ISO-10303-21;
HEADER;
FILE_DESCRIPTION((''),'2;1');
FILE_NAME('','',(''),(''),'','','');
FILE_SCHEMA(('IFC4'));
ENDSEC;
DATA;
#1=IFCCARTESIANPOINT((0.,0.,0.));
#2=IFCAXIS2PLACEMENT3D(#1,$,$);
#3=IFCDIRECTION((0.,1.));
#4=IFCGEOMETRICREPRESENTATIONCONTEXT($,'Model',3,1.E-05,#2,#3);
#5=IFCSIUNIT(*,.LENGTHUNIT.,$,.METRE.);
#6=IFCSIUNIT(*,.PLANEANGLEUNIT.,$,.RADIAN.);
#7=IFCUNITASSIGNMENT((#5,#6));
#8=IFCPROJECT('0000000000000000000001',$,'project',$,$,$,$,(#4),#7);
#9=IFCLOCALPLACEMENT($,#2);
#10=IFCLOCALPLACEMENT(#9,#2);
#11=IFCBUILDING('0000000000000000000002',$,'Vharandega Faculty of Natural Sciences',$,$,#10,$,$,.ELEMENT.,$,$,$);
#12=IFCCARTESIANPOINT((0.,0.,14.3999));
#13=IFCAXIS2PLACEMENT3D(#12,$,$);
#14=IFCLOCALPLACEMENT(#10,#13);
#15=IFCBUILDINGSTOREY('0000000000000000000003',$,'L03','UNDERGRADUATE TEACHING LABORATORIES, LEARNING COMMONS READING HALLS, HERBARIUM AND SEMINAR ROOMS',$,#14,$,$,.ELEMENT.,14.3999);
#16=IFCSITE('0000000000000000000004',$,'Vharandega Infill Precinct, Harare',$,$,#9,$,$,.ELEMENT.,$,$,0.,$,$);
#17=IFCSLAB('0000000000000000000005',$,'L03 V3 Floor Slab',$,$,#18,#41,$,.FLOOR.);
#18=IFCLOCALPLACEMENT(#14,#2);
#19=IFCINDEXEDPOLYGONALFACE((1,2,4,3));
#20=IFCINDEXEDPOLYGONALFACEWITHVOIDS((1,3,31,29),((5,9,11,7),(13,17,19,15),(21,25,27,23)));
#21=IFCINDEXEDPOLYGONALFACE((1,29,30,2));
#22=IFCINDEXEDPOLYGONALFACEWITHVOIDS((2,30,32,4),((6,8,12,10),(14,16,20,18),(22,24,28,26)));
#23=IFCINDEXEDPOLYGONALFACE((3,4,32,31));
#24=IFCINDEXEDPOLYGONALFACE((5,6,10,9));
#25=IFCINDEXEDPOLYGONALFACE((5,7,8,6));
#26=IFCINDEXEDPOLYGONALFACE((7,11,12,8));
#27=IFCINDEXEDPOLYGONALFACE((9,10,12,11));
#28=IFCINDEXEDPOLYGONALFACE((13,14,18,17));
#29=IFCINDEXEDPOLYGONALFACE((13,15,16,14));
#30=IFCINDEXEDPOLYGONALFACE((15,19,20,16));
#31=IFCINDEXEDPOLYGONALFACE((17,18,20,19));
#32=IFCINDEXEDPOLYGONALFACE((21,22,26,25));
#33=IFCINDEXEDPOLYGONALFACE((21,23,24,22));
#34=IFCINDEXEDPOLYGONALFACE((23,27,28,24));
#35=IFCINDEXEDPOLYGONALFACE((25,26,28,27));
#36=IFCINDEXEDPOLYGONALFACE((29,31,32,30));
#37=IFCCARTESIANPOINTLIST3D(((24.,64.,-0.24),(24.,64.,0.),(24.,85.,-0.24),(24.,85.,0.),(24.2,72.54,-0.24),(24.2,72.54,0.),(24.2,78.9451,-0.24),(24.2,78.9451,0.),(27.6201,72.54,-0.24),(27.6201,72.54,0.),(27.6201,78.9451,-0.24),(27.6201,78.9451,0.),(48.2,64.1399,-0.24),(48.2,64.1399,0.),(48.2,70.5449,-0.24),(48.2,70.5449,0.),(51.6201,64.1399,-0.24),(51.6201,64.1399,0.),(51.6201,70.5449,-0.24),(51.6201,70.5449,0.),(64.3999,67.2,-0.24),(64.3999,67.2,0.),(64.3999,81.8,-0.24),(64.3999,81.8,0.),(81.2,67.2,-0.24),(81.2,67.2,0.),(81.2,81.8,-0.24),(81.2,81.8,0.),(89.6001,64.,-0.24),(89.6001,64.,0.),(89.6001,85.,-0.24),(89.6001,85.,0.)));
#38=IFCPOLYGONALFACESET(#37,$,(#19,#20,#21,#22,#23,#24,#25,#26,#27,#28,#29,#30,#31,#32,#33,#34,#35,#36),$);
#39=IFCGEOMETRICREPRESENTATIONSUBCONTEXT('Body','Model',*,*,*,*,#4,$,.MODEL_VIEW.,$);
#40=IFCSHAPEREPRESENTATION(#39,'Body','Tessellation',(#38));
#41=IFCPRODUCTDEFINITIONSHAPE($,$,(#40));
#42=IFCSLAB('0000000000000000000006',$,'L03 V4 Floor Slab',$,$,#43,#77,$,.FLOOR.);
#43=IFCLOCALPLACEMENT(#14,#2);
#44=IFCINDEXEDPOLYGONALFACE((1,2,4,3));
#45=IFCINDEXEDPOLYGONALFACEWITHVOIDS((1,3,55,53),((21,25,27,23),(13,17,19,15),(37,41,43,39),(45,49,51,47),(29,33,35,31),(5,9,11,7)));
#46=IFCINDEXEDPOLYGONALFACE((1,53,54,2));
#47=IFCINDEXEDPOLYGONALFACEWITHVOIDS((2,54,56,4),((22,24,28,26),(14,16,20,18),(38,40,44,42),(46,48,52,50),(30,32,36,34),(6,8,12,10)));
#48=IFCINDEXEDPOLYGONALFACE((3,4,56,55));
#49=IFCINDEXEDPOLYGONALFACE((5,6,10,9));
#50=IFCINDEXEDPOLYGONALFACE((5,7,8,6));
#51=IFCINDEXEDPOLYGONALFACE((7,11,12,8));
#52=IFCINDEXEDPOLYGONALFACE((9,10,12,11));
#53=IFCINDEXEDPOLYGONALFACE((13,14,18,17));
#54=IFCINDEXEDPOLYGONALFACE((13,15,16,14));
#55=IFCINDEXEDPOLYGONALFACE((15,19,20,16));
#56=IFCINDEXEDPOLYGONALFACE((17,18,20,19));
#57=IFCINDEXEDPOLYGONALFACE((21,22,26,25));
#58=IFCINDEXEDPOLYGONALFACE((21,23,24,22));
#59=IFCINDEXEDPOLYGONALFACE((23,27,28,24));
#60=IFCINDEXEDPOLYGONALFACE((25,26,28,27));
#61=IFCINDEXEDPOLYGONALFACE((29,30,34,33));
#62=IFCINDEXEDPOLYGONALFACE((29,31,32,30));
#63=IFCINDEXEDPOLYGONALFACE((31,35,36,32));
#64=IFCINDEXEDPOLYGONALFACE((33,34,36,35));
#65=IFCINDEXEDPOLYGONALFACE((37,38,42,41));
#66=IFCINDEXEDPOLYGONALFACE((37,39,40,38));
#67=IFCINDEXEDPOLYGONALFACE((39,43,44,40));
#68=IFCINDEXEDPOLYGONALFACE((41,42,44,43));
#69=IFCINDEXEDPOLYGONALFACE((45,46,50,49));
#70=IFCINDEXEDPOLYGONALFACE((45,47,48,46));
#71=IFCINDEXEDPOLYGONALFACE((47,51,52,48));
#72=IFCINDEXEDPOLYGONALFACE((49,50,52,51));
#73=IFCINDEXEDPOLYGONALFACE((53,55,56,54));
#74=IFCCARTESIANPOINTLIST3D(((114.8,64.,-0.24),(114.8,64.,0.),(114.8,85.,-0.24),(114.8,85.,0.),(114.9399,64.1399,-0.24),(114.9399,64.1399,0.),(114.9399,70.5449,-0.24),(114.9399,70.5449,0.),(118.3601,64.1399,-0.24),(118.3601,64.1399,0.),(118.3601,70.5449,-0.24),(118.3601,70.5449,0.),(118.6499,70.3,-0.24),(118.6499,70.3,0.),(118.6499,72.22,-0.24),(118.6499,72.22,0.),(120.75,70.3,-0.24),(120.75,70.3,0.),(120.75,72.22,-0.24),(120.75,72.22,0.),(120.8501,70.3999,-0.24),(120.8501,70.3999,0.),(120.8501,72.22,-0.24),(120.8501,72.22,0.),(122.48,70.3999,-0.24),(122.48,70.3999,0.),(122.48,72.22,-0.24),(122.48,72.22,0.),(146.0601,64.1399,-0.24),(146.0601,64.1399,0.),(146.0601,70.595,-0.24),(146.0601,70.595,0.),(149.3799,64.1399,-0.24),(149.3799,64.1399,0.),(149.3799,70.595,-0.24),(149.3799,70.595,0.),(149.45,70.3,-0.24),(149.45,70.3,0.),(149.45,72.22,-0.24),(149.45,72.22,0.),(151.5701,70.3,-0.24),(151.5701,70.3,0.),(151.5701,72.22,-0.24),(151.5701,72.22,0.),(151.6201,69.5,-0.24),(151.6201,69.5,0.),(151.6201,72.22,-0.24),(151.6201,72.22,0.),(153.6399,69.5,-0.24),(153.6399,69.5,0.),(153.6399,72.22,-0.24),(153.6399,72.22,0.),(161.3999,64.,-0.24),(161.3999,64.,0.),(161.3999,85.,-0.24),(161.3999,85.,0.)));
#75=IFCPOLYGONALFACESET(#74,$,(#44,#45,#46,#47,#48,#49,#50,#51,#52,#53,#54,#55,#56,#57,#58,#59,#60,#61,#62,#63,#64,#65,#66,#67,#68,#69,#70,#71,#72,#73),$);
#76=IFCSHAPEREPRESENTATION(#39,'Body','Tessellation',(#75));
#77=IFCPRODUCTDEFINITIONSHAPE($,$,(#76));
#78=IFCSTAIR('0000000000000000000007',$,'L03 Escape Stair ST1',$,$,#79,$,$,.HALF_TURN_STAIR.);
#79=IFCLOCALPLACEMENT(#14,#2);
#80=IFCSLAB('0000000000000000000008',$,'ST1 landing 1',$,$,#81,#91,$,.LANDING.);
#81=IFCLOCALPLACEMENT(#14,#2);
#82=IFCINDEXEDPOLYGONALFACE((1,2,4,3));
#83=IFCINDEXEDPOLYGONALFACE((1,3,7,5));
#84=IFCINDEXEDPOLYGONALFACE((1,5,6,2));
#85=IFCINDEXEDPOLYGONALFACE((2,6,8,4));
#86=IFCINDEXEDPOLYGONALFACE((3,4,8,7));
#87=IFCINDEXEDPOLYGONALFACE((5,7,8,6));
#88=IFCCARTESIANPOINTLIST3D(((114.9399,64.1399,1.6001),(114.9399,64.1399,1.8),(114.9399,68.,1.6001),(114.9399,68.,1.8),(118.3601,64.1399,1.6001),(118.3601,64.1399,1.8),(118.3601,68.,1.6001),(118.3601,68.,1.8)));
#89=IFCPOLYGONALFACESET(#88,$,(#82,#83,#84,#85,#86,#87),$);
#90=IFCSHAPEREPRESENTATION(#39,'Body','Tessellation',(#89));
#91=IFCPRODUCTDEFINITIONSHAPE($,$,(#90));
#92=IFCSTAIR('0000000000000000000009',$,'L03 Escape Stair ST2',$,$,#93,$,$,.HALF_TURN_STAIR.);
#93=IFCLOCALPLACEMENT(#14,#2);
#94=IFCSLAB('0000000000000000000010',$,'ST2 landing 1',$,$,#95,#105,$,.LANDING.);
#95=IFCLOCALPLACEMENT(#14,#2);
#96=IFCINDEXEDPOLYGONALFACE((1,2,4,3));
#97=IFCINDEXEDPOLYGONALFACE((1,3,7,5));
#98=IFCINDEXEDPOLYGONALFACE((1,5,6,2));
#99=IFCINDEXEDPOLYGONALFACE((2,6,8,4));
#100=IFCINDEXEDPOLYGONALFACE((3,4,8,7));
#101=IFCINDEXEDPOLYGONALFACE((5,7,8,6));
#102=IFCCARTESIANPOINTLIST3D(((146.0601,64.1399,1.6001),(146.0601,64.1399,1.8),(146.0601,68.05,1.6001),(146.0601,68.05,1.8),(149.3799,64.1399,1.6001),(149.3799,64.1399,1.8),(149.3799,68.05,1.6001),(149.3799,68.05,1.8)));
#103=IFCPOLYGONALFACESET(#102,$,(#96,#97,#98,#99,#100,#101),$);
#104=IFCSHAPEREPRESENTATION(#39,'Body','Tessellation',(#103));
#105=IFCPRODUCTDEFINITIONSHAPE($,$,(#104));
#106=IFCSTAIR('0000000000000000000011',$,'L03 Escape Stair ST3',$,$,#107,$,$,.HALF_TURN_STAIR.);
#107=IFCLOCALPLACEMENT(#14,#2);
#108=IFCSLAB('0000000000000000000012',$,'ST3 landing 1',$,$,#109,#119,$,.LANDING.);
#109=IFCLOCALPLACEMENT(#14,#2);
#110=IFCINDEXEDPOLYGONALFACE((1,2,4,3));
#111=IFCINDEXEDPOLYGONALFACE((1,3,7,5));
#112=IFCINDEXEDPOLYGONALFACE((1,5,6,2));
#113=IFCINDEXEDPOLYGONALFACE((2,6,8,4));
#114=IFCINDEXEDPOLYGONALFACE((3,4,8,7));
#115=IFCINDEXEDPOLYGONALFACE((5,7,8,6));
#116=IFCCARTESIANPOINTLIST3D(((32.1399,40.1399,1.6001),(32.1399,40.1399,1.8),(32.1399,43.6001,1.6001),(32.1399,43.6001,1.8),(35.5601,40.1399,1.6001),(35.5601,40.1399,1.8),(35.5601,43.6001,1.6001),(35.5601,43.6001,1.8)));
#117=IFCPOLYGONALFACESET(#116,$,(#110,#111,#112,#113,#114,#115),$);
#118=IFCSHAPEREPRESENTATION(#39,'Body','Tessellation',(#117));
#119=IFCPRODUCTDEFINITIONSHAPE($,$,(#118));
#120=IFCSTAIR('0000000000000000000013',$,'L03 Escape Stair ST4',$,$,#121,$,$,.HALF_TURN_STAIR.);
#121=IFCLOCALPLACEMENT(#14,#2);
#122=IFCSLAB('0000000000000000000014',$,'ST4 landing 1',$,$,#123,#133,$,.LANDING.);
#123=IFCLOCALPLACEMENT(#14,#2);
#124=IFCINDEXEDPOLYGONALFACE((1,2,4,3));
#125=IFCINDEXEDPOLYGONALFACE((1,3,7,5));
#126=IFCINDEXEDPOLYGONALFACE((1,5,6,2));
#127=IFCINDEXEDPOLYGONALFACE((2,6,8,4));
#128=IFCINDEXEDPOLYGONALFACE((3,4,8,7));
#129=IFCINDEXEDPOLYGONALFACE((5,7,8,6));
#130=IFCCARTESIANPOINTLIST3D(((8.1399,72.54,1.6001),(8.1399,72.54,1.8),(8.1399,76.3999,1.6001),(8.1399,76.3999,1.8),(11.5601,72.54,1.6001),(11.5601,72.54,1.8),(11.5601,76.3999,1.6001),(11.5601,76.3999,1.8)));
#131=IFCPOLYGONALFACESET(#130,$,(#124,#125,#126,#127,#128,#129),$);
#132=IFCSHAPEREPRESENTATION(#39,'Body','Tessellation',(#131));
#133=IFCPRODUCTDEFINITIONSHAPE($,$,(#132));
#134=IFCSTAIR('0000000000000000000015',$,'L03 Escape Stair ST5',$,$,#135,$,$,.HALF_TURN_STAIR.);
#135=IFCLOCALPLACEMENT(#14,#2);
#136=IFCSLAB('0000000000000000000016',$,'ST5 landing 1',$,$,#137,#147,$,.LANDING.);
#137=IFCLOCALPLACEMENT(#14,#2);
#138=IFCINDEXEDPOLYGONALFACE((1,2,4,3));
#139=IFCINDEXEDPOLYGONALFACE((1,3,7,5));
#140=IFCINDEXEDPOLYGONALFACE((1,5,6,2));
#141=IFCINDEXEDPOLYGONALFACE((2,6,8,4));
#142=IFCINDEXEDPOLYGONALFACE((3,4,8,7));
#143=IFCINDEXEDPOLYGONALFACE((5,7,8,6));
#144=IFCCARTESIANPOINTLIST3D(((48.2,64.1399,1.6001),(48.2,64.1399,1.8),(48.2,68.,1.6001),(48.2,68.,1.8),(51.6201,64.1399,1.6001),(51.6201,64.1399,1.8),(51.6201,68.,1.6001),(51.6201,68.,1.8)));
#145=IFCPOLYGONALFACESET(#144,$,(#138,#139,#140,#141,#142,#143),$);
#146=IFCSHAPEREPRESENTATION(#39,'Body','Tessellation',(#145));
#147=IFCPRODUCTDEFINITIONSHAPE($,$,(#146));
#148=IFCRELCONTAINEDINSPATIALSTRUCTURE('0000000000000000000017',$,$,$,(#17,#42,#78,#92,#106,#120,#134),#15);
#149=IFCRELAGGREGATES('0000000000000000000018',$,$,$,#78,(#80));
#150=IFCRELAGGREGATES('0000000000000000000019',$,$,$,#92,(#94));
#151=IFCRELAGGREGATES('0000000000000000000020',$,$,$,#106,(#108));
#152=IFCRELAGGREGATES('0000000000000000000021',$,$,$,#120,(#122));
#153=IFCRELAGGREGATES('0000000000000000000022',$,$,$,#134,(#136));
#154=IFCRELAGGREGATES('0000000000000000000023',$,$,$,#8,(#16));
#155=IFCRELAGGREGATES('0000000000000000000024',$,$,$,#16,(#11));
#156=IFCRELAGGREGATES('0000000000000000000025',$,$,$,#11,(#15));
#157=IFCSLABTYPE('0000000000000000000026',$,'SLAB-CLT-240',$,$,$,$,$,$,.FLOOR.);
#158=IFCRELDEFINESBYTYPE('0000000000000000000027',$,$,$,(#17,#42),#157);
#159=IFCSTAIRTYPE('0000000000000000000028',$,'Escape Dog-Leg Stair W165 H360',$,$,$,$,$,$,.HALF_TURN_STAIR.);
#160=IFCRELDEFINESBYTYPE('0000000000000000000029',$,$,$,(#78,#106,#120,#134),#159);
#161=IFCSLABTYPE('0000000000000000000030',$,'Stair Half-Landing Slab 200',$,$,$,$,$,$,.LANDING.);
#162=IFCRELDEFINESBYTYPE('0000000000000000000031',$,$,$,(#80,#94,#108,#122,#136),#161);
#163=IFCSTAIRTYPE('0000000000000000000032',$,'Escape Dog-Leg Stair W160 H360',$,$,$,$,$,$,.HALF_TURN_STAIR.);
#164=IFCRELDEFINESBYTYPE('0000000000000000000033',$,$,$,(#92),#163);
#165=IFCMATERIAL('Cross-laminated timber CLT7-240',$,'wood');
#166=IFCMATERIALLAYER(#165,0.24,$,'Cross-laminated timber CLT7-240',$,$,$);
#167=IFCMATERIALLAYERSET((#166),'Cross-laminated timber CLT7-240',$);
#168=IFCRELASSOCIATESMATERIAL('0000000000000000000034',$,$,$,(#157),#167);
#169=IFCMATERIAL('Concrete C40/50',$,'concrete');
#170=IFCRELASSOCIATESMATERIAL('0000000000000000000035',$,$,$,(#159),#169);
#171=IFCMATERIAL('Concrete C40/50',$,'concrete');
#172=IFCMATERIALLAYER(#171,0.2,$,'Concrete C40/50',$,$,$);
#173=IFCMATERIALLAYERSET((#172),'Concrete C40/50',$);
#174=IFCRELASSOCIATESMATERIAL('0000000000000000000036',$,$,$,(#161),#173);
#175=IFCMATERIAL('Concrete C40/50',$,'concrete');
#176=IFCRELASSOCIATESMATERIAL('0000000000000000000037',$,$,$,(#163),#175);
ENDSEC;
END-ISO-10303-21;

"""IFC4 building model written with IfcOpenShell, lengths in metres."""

from ifc_helpers import new_model, si_unit, direction, frame, origin, place, context, subcontext, project, spatial, polyline, outline, extrude, material, layer, layer_set, type_object, element, aggregate, save


model = new_model("IFC4")

# Units and contexts
model_context = context("Model", 3, precision=1e-05, world=origin(), true_north=direction((0.0, 1.0)))
body_context = subcontext(model_context, "Body", "Model", "MODEL_VIEW")
ifc_project = project(units=[si_unit("LENGTHUNIT", "METRE"), si_unit("PLANEANGLEUNIT", "RADIAN")], contexts=[model_context])

# Site, building, storey
site_placement = place(None, origin())
site = spatial("IfcSite", under=ifc_project, at=site_placement, Name="Vharandega Infill Precinct, Harare", CompositionType="ELEMENT", RefElevation=0.0)
building_placement = place(site_placement, origin())
building = spatial("IfcBuilding", under=site, at=building_placement, Name="Vharandega Faculty of Natural Sciences", CompositionType="ELEMENT")
storey_placement = place(building_placement, frame((0.0, 0.0, 14.3999)))
storey = spatial("IfcBuildingStorey", under=building, at=storey_placement, Name="L03", Description="UNDERGRADUATE TEACHING LABORATORIES, LEARNING COMMONS READING HALLS, HERBARIUM AND SEMINAR ROOMS", CompositionType="ELEMENT", Elevation=14.3999)

# Slabs
ifc_material_1 = material(Name="Cross-laminated timber CLT7-240", Category="wood")
ifc_layer_1 = layer(ifc_material_1, 0.24, Name="Cross-laminated timber CLT7-240")
ifc_layer_set_1 = layer_set([ifc_layer_1], Name="Cross-laminated timber CLT7-240")
slab_type_1 = type_object("IfcSlabType", Name="SLAB-CLT-240", PredefinedType="FLOOR", material=ifc_layer_set_1)
slab_1_placement = place(storey_placement, frame((0.0, 0.0, -0.24)))
element("IfcSlab", 1, at=slab_1_placement, inside=storey, type_object=slab_type_1, Name="L03 V3 Floor Slab", PredefinedType="FLOOR", context=body_context, shape_type="SweptSolid", body=[
    extrude(outline(polyline([(24.0, 64.0), (89.6001, 64.0), (89.6001, 85.0), (24.0, 85.0), (24.0, 64.0)]), holes=[polyline([(64.3999, 67.2), (81.2, 67.2), (81.2, 81.8), (64.3999, 81.8), (64.3999, 67.2)]), polyline([(48.2, 70.5449), (48.2, 64.1399), (51.6201, 64.1399), (51.6201, 70.5449), (48.2, 70.5449)]), polyline([(24.2, 78.9451), (24.2, 72.54), (27.6201, 72.54), (27.6201, 78.9451), (24.2, 78.9451)])]), origin(), (0.0, 0.0, 1.0), 0.24),
])
slab_2_placement = place(storey_placement, frame((0.0, 0.0, -0.24)))
element("IfcSlab", 2, at=slab_2_placement, inside=storey, type_object=slab_type_1, Name="L03 V4 Floor Slab", PredefinedType="FLOOR", context=body_context, shape_type="SweptSolid", body=[
    extrude(outline(polyline([(114.8, 64.0), (161.3999, 64.0), (161.3999, 85.0), (114.8, 85.0), (114.8, 64.0)]), holes=[polyline([(114.9399, 70.5449), (114.9399, 64.1399), (118.3601, 64.1399), (118.3601, 70.5449), (114.9399, 70.5449)]), polyline([(118.6499, 70.3), (120.75, 70.3), (120.75, 72.22), (118.6499, 72.22), (118.6499, 70.3)]), polyline([(120.8501, 70.3999), (122.48, 70.3999), (122.48, 72.22), (120.8501, 72.22), (120.8501, 70.3999)]), polyline([(146.0601, 70.595), (146.0601, 64.1399), (149.3799, 64.1399), (149.3799, 70.595), (146.0601, 70.595)]), polyline([(149.45, 70.3), (151.5701, 70.3), (151.5701, 72.22), (149.45, 72.22), (149.45, 70.3)]), polyline([(151.6201, 69.5), (153.6399, 69.5), (153.6399, 72.22), (151.6201, 72.22), (151.6201, 69.5)])]), origin(), (0.0, 0.0, 1.0), 0.24),
])

# Stairs, slabs
ifc_material_2 = material(Name="Concrete C40/50", Category="concrete")
stair_type_1 = type_object("IfcStairType", Name="Escape Dog-Leg Stair W165 H360", PredefinedType="HALF_TURN_STAIR", material=ifc_material_2)
stair_1_placement = place(storey_placement, origin())
stair_1 = element("IfcStair", 3, at=stair_1_placement, inside=storey, type_object=stair_type_1, Name="L03 Escape Stair ST1", PredefinedType="HALF_TURN_STAIR")
ifc_material_3 = material(Name="Concrete C40/50", Category="concrete")
ifc_layer_2 = layer(ifc_material_3, 0.2, Name="Concrete C40/50")
ifc_layer_set_2 = layer_set([ifc_layer_2], Name="Concrete C40/50")
slab_type_2 = type_object("IfcSlabType", Name="Stair Half-Landing Slab 200", PredefinedType="LANDING", material=ifc_layer_set_2)
slab_3_placement = place(storey_placement, frame((0.0, 0.0, 1.6001)))
slab_3 = element("IfcSlab", 4, at=slab_3_placement, type_object=slab_type_2, Name="ST1 landing 1", PredefinedType="LANDING", context=body_context, shape_type="SweptSolid", body=[
    extrude(outline(polyline([(114.9399, 68.0), (114.9399, 64.1399), (118.3601, 64.1399), (118.3601, 68.0), (114.9399, 68.0)])), origin(), (0.0, 0.0, 1.0), 0.2),
])
aggregate(stair_1, [slab_3])
ifc_material_4 = material(Name="Concrete C40/50", Category="concrete")
stair_type_2 = type_object("IfcStairType", Name="Escape Dog-Leg Stair W160 H360", PredefinedType="HALF_TURN_STAIR", material=ifc_material_4)
stair_2_placement = place(storey_placement, origin())
stair_2 = element("IfcStair", 5, at=stair_2_placement, inside=storey, type_object=stair_type_2, Name="L03 Escape Stair ST2", PredefinedType="HALF_TURN_STAIR")
slab_4_placement = place(storey_placement, frame((0.0, 0.0, 1.6001)))
slab_4 = element("IfcSlab", 6, at=slab_4_placement, type_object=slab_type_2, Name="ST2 landing 1", PredefinedType="LANDING", context=body_context, shape_type="SweptSolid", body=[
    extrude(outline(polyline([(146.0601, 68.05), (146.0601, 64.1399), (149.3799, 64.1399), (149.3799, 68.05), (146.0601, 68.05)])), origin(), (0.0, 0.0, 1.0), 0.2),
])
aggregate(stair_2, [slab_4])
stair_3_placement = place(storey_placement, origin())
stair_3 = element("IfcStair", 7, at=stair_3_placement, inside=storey, type_object=stair_type_1, Name="L03 Escape Stair ST3", PredefinedType="HALF_TURN_STAIR")
slab_5_placement = place(storey_placement, frame((0.0, 0.0, 1.6001)))
slab_5 = element("IfcSlab", 8, at=slab_5_placement, type_object=slab_type_2, Name="ST3 landing 1", PredefinedType="LANDING", context=body_context, shape_type="SweptSolid", body=[
    extrude(outline(polyline([(32.1399, 43.6001), (32.1399, 40.1399), (35.5601, 40.1399), (35.5601, 43.6001), (32.1399, 43.6001)])), origin(), (0.0, 0.0, 1.0), 0.2),
])
aggregate(stair_3, [slab_5])
stair_4_placement = place(storey_placement, origin())
stair_4 = element("IfcStair", 9, at=stair_4_placement, inside=storey, type_object=stair_type_1, Name="L03 Escape Stair ST4", PredefinedType="HALF_TURN_STAIR")
slab_6_placement = place(storey_placement, frame((0.0, 0.0, 1.6001)))
slab_6 = element("IfcSlab", 10, at=slab_6_placement, type_object=slab_type_2, Name="ST4 landing 1", PredefinedType="LANDING", context=body_context, shape_type="SweptSolid", body=[
    extrude(outline(polyline([(8.1399, 76.3999), (8.1399, 72.54), (11.5601, 72.54), (11.5601, 76.3999), (8.1399, 76.3999)])), origin(), (0.0, 0.0, 1.0), 0.2),
])
aggregate(stair_4, [slab_6])
stair_5_placement = place(storey_placement, origin())
stair_5 = element("IfcStair", 11, at=stair_5_placement, inside=storey, type_object=stair_type_1, Name="L03 Escape Stair ST5", PredefinedType="HALF_TURN_STAIR")
slab_7_placement = place(storey_placement, frame((0.0, 0.0, 1.6001)))
slab_7 = element("IfcSlab", 12, at=slab_7_placement, type_object=slab_type_2, Name="ST5 landing 1", PredefinedType="LANDING", context=body_context, shape_type="SweptSolid", body=[
    extrude(outline(polyline([(48.2, 68.0), (48.2, 64.1399), (51.6201, 64.1399), (51.6201, 68.0), (48.2, 68.0)])), origin(), (0.0, 0.0, 1.0), 0.2),
])
aggregate(stair_5, [slab_7])

save(model, "model.ifc")
